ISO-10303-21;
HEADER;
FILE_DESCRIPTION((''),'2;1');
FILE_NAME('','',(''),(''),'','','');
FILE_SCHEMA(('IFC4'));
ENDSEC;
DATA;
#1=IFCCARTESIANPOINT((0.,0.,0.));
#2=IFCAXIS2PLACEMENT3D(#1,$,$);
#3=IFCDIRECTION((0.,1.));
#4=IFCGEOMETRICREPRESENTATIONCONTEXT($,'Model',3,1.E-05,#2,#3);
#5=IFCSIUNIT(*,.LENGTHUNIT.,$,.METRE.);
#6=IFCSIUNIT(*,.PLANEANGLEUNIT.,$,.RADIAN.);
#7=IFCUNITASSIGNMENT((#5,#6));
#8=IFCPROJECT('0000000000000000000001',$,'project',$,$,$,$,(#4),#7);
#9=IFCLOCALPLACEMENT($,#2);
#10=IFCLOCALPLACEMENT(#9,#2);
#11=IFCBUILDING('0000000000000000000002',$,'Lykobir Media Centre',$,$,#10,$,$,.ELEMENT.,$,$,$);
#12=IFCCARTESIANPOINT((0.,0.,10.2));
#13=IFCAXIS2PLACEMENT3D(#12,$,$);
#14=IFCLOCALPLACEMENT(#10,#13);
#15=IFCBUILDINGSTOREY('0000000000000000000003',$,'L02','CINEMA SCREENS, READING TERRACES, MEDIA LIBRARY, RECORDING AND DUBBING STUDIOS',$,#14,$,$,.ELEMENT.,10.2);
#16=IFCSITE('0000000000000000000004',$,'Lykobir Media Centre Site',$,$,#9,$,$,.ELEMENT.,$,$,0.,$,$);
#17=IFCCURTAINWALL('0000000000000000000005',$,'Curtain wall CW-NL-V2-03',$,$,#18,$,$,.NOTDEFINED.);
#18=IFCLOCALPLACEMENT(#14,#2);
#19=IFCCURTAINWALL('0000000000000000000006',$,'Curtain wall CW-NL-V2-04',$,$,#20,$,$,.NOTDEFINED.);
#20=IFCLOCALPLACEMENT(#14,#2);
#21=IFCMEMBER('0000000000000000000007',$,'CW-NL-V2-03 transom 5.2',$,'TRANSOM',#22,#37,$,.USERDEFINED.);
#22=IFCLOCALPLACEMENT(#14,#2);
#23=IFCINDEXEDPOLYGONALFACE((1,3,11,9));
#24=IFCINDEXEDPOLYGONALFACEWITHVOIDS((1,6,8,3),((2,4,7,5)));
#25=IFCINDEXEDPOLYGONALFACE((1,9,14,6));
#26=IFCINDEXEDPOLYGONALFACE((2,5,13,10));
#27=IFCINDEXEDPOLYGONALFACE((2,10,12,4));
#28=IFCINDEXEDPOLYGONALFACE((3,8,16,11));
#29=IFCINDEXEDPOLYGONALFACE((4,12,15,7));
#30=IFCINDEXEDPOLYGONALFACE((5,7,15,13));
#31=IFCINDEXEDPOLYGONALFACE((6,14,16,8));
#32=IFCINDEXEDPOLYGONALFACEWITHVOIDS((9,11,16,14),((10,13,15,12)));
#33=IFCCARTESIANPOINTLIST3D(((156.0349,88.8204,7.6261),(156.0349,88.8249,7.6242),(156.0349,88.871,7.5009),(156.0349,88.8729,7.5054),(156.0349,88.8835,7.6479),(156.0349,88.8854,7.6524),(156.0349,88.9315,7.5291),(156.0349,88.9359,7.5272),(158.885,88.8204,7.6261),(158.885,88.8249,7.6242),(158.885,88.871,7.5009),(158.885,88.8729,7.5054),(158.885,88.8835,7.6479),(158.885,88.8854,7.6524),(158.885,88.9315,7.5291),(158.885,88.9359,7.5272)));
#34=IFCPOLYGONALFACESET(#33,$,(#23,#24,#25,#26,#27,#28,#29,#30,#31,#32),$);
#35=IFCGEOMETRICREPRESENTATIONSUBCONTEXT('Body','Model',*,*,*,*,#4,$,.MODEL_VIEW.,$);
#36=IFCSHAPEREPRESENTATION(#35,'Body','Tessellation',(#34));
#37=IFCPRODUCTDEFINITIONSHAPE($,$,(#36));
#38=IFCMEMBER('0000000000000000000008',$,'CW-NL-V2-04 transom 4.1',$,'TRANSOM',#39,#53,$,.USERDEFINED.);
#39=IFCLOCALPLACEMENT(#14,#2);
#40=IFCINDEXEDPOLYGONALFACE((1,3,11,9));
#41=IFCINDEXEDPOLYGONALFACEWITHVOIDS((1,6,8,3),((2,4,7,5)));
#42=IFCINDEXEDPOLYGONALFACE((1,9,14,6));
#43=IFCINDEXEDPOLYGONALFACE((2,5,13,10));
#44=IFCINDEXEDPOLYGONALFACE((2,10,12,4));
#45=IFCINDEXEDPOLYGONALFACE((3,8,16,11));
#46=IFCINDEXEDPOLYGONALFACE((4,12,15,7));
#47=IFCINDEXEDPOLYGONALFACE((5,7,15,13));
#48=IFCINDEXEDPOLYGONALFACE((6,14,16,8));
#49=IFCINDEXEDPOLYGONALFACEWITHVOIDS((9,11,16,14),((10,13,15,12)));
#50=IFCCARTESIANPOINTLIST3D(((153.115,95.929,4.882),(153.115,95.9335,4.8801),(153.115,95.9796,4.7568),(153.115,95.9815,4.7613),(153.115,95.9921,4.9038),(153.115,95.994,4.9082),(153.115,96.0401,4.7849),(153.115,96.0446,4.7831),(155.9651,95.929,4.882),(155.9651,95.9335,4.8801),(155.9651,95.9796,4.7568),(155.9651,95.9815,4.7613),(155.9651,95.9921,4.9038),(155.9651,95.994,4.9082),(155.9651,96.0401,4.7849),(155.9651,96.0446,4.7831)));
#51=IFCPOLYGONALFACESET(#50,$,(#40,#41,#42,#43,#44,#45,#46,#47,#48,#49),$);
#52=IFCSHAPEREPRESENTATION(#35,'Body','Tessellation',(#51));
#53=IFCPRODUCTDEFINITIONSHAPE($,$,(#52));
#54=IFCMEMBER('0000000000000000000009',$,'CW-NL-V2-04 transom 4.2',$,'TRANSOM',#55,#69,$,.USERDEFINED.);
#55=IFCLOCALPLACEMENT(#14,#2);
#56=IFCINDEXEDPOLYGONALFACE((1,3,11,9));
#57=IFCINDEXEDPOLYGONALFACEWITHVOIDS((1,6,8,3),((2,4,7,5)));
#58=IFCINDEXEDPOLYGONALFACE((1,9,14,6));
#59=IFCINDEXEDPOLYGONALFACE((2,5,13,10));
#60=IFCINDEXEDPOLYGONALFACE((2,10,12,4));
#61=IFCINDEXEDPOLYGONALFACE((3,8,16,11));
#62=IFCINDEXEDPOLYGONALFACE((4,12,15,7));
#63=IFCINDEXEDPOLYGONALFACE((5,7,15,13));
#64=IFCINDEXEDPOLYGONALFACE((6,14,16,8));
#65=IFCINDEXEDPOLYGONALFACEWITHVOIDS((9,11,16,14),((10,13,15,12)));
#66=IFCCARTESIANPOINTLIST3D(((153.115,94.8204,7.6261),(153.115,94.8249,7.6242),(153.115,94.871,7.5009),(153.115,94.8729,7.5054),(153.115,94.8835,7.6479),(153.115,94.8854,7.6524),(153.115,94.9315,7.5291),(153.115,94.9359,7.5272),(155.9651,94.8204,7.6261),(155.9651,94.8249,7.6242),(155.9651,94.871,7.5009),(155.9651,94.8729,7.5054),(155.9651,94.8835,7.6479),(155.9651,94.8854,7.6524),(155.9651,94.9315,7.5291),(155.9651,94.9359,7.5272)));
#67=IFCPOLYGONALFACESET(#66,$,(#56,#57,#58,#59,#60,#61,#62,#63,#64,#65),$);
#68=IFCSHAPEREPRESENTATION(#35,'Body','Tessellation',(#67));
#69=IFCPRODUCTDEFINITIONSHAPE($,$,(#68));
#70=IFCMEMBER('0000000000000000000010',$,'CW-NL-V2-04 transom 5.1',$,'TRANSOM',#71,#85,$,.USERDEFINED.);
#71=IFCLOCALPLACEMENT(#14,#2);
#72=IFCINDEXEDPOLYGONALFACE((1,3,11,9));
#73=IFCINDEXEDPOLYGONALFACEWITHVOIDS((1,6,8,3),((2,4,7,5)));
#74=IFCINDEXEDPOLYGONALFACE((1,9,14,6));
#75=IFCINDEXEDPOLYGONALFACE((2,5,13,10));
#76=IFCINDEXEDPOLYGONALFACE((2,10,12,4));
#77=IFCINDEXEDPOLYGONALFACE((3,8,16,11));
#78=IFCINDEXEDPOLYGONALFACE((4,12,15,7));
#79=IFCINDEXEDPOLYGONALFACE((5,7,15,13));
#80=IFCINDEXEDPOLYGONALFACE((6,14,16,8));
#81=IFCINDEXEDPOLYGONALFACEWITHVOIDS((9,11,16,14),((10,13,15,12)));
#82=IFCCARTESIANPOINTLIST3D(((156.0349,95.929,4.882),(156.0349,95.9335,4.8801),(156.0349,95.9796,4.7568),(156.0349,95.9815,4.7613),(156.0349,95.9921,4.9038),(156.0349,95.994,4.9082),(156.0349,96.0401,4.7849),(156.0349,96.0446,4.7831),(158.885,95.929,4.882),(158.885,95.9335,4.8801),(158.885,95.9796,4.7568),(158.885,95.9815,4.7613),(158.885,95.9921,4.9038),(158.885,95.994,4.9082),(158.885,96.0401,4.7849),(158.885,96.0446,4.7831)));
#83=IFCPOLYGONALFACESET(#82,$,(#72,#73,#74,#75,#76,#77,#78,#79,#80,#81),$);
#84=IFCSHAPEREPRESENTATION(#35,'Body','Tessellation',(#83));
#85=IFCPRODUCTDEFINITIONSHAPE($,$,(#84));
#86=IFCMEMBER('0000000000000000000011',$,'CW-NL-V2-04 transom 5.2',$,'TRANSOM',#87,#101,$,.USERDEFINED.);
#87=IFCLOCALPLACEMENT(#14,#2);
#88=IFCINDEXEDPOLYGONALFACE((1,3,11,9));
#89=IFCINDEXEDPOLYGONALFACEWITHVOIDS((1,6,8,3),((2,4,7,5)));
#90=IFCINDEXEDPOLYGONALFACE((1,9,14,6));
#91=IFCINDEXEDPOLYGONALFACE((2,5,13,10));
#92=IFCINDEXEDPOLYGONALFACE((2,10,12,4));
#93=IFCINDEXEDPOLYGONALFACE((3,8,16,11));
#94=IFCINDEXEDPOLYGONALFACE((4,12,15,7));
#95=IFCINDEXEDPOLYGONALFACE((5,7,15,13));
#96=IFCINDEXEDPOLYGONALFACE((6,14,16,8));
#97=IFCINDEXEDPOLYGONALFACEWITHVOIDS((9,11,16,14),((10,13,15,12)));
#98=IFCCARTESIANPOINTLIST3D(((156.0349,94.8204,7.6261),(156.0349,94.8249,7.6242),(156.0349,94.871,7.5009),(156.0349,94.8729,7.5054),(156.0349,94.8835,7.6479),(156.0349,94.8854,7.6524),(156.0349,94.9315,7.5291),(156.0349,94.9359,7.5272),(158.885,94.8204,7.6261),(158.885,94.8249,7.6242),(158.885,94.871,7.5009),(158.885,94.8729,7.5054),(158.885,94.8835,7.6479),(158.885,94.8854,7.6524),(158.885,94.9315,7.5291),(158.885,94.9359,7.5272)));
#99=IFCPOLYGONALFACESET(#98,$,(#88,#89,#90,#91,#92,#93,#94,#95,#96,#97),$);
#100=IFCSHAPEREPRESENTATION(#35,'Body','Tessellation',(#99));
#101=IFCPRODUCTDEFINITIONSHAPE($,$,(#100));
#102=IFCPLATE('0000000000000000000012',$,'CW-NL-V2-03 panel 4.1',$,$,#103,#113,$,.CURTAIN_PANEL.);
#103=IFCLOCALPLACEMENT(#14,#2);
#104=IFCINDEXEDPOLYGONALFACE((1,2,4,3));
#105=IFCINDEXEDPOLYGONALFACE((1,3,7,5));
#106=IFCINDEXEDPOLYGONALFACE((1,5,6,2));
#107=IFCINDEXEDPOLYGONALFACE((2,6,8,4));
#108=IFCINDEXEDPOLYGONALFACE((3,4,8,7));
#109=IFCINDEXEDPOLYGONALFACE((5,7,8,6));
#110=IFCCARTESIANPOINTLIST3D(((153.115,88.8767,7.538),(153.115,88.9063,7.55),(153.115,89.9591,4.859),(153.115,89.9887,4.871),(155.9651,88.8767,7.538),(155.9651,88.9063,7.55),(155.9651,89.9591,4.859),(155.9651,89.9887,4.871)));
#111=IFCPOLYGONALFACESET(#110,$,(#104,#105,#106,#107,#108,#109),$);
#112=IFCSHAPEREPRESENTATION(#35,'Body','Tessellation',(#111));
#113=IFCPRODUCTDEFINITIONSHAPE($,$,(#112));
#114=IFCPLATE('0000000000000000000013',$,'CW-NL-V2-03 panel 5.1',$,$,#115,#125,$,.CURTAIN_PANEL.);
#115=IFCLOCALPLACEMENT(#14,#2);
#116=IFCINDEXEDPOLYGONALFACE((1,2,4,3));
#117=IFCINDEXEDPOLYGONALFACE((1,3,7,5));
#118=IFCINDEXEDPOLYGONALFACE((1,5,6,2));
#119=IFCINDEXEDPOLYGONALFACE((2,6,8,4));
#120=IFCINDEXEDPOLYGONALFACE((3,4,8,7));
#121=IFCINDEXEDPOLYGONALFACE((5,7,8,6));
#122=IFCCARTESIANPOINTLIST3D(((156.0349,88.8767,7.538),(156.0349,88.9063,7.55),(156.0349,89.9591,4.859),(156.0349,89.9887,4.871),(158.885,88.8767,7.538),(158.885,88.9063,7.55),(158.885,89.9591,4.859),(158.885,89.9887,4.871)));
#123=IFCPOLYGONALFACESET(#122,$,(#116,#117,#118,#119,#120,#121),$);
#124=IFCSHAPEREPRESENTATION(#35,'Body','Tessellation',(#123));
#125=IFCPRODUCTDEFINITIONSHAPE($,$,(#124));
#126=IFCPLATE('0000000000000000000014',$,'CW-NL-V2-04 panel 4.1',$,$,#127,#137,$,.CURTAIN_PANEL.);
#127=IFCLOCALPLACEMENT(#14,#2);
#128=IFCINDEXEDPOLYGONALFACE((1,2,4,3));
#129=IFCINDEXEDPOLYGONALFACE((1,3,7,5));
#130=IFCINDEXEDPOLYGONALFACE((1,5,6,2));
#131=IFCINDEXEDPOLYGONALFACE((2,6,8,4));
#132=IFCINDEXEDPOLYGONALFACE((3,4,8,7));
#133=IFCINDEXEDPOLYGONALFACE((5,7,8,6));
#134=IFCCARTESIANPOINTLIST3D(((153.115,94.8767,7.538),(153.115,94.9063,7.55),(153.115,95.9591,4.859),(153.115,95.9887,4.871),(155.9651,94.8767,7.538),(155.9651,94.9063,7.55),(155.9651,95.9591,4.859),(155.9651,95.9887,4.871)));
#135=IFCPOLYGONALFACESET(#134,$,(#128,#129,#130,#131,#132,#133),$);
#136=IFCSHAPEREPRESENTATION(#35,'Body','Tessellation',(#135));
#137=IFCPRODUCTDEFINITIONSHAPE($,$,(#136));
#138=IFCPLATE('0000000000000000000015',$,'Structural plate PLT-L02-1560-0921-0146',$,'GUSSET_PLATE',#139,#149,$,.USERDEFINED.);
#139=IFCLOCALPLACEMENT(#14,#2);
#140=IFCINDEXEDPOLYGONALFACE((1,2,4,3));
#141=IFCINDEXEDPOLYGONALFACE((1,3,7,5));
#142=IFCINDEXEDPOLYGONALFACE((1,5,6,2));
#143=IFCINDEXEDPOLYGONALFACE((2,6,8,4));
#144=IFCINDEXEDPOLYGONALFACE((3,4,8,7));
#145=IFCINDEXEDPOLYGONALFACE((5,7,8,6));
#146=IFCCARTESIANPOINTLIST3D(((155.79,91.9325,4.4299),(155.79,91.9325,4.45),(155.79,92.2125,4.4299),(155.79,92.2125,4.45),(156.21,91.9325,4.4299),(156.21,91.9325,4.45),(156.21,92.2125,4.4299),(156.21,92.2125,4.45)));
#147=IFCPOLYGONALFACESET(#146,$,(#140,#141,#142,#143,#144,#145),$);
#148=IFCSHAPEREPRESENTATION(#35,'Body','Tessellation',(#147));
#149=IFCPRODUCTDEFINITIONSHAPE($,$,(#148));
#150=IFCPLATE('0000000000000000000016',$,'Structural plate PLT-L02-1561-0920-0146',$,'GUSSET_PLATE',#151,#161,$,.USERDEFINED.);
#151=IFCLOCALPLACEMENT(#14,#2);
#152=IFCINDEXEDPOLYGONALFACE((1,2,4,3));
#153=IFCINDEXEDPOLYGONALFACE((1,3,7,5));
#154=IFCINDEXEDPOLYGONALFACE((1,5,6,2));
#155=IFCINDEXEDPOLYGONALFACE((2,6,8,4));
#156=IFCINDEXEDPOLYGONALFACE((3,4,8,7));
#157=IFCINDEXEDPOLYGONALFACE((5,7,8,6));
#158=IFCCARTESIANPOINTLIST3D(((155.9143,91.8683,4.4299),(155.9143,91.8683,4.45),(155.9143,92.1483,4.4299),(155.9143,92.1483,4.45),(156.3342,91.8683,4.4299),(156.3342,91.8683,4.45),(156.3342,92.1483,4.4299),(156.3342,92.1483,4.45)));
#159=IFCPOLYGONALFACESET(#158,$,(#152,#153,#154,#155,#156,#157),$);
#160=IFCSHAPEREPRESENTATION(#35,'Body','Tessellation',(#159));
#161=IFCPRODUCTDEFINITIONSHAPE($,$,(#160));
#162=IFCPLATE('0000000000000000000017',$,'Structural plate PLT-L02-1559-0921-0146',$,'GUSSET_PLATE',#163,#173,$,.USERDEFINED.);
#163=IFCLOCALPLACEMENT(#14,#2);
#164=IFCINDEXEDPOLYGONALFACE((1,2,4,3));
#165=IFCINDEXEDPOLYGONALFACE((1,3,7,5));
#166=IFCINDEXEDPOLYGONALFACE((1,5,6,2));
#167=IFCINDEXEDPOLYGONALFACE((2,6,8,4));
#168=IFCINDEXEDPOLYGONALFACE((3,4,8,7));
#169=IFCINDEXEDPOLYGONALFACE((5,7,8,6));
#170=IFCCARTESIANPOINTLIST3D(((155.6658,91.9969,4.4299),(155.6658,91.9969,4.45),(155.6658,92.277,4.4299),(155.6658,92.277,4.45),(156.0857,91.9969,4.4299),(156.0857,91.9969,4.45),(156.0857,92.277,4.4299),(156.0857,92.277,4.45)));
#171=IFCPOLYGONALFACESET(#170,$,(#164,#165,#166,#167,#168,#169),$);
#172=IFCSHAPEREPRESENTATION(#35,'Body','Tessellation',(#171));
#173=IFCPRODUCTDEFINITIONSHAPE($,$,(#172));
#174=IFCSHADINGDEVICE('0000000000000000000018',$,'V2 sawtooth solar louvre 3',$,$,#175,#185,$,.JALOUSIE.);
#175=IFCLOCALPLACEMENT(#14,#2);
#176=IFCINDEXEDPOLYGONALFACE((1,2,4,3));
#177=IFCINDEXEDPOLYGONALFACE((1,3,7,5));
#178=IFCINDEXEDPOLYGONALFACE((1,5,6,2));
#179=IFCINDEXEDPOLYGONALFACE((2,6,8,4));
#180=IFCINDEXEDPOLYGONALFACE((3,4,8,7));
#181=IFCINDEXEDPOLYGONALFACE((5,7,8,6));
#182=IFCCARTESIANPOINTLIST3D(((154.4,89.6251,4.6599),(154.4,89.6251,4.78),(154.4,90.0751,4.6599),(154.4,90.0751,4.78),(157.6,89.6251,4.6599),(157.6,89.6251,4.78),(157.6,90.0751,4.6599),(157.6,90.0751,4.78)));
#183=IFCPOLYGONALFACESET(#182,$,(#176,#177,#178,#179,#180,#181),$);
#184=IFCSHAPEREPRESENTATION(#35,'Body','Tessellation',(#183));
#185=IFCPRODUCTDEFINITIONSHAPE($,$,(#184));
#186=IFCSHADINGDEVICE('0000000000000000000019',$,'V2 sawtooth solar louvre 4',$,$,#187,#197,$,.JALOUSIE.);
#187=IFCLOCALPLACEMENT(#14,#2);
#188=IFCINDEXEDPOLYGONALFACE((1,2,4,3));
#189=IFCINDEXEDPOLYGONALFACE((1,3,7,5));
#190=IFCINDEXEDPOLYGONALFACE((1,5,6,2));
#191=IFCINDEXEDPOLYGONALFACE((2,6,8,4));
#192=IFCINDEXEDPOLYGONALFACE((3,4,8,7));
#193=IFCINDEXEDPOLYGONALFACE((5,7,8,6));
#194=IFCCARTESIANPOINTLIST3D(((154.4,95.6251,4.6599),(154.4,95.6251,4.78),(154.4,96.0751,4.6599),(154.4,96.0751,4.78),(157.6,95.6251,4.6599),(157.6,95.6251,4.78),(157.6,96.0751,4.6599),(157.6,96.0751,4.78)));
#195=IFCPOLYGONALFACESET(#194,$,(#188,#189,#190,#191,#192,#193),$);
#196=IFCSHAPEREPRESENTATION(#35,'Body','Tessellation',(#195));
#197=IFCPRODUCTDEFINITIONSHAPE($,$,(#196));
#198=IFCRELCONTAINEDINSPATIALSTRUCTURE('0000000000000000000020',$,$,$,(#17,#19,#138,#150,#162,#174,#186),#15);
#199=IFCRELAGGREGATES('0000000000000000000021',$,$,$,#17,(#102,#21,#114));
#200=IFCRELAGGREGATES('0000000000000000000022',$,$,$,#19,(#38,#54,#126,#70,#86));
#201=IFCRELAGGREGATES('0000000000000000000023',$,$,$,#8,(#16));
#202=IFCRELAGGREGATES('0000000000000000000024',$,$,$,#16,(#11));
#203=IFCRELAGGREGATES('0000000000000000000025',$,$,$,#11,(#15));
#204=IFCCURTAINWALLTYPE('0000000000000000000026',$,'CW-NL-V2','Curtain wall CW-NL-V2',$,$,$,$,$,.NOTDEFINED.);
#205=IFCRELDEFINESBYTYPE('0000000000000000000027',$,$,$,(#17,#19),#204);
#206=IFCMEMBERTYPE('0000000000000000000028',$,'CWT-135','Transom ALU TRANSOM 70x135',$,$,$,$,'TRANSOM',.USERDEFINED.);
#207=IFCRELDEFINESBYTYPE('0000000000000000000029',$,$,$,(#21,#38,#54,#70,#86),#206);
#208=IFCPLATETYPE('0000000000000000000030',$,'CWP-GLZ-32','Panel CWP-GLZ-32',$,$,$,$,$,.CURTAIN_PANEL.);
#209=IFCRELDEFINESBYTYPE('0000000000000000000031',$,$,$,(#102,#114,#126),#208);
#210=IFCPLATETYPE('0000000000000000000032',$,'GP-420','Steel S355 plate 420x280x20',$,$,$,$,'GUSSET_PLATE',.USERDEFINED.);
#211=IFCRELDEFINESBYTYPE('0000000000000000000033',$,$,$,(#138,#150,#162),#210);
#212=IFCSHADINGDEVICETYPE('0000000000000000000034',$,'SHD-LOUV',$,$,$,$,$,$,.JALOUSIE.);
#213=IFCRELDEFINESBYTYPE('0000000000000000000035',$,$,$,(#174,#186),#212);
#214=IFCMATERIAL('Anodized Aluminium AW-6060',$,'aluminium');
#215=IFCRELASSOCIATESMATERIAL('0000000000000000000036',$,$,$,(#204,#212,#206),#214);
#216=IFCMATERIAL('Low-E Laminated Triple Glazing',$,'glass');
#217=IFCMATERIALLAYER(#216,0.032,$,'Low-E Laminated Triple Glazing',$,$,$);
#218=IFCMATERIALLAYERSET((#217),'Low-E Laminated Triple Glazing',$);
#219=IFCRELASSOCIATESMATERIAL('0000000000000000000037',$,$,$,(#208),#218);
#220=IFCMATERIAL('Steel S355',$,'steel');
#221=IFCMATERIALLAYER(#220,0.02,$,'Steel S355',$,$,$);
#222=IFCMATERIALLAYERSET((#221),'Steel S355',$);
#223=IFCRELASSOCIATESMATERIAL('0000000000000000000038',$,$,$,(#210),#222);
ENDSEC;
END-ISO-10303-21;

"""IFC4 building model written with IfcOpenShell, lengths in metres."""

from ifc_helpers import new_model, si_unit, direction, frame, origin, origin_2d, place, context, subcontext, project, spatial, rectangle, hollow_rectangle, extrude, material, layer, layer_set, material_profile, profile_set, type_object, element, aggregate, save


model = new_model("IFC4")

# Units and contexts
model_context = context("Model", 3, precision=1e-05, world=origin(), true_north=direction((0.0, 1.0)))
body_context = subcontext(model_context, "Body", "Model", "MODEL_VIEW")
ifc_project = project(units=[si_unit("LENGTHUNIT", "METRE"), si_unit("PLANEANGLEUNIT", "RADIAN")], contexts=[model_context])

# Site, building, storey
site_placement = place(None, origin())
site = spatial("IfcSite", under=ifc_project, at=site_placement, Name="Lykobir Media Centre Site", CompositionType="ELEMENT", RefElevation=0.0)
building_placement = place(site_placement, origin())
building = spatial("IfcBuilding", under=site, at=building_placement, Name="Lykobir Media Centre", CompositionType="ELEMENT")
storey_placement = place(building_placement, frame((0.0, 0.0, 10.2)))
storey = spatial("IfcBuildingStorey", under=building, at=storey_placement, Name="L02", Description="CINEMA SCREENS, READING TERRACES, MEDIA LIBRARY, RECORDING AND DUBBING STUDIOS", CompositionType="ELEMENT", Elevation=10.2)

# Shared definitions
ifc_material_1 = material(Name="Steel S355", Category="steel")

# Curtain walls
ifc_material_2 = material(Name="Anodized Aluminium AW-6060", Category="aluminium")
curtain_wall_type = type_object("IfcCurtainWallType", Name="CW-NL-V2", Description="Curtain wall CW-NL-V2", PredefinedType="NOTDEFINED", material=ifc_material_2)
curtain_wall_1_placement = place(storey_placement, origin())
curtain_wall_1 = element("IfcCurtainWall", 1, at=curtain_wall_1_placement, inside=storey, type_object=curtain_wall_type, Name="Curtain wall CW-NL-V2-03", PredefinedType="NOTDEFINED")
curtain_wall_2_placement = place(storey_placement, origin())
curtain_wall_2 = element("IfcCurtainWall", 2, at=curtain_wall_2_placement, inside=storey, type_object=curtain_wall_type, Name="Curtain wall CW-NL-V2-04", PredefinedType="NOTDEFINED")

# Members
ifc_material_profile_1 = material_profile(ifc_material_2, hollow_rectangle(XDim=0.0701, YDim=0.135, WallThickness=0.0034, at=origin_2d()), Name="ALU TRANSOM 70x135")
ifc_profile_set_1 = profile_set([ifc_material_profile_1], Name="Anodized Aluminium AW-6060")
member_type_1 = type_object("IfcMemberType", Name="CWT-135", Description="Transom ALU TRANSOM 70x135", ElementType="TRANSOM", PredefinedType="USERDEFINED", material=ifc_profile_set_1)
member_1_placement = place(storey_placement, frame((156.0349, 88.8782, 7.5767), z_axis=(1.0, 0.0, 0.0), x_axis=(0.0, 0.927184, 0.374607)))
member_1 = element("IfcMember", 3, at=member_1_placement, type_object=member_type_1, Name="CW-NL-V2-03 transom 5.2", ObjectType="TRANSOM", PredefinedType="USERDEFINED", context=body_context, shape_type="SweptSolid", body=[
    extrude(hollow_rectangle(XDim=0.0701, YDim=0.135, WallThickness=0.0034, at=origin_2d()), origin(), (0.0, 0.0, 1.0), 2.8501),
])
member_2_placement = place(storey_placement, frame((153.115, 95.9868, 4.8325), z_axis=(1.0, 0.0, 0.0), x_axis=(0.0, 0.927184, 0.374607)))
member_2 = element("IfcMember", 4, at=member_2_placement, type_object=member_type_1, Name="CW-NL-V2-04 transom 4.1", ObjectType="TRANSOM", PredefinedType="USERDEFINED", context=body_context, shape_type="SweptSolid", body=[
    extrude(hollow_rectangle(XDim=0.0701, YDim=0.135, WallThickness=0.0034, at=origin_2d()), origin(), (0.0, 0.0, 1.0), 2.8501),
])
member_3_placement = place(storey_placement, frame((153.115, 94.8782, 7.5767), z_axis=(1.0, 0.0, 0.0), x_axis=(0.0, 0.927184, 0.374607)))
member_3 = element("IfcMember", 5, at=member_3_placement, type_object=member_type_1, Name="CW-NL-V2-04 transom 4.2", ObjectType="TRANSOM", PredefinedType="USERDEFINED", context=body_context, shape_type="SweptSolid", body=[
    extrude(hollow_rectangle(XDim=0.0701, YDim=0.135, WallThickness=0.0034, at=origin_2d()), origin(), (0.0, 0.0, 1.0), 2.8501),
])
member_4_placement = place(storey_placement, frame((156.0349, 95.9868, 4.8325), z_axis=(1.0, 0.0, 0.0), x_axis=(0.0, 0.927184, 0.374607)))
member_4 = element("IfcMember", 6, at=member_4_placement, type_object=member_type_1, Name="CW-NL-V2-04 transom 5.1", ObjectType="TRANSOM", PredefinedType="USERDEFINED", context=body_context, shape_type="SweptSolid", body=[
    extrude(hollow_rectangle(XDim=0.0701, YDim=0.135, WallThickness=0.0034, at=origin_2d()), origin(), (0.0, 0.0, 1.0), 2.8501),
])
member_5_placement = place(storey_placement, frame((156.0349, 94.8782, 7.5767), z_axis=(1.0, 0.0, 0.0), x_axis=(0.0, 0.927184, 0.374607)))
member_5 = element("IfcMember", 7, at=member_5_placement, type_object=member_type_1, Name="CW-NL-V2-04 transom 5.2", ObjectType="TRANSOM", PredefinedType="USERDEFINED", context=body_context, shape_type="SweptSolid", body=[
    extrude(hollow_rectangle(XDim=0.0701, YDim=0.135, WallThickness=0.0034, at=origin_2d()), origin(), (0.0, 0.0, 1.0), 2.8501),
])

# Plates
ifc_material_3 = material(Name="Low-E Laminated Triple Glazing", Category="glass")
ifc_layer_1 = layer(ifc_material_3, 0.032, Name="Low-E Laminated Triple Glazing")
ifc_layer_set_1 = layer_set([ifc_layer_1], Name="Low-E Laminated Triple Glazing")
plate_type_1 = type_object("IfcPlateType", Name="CWP-GLZ-32", Description="Panel CWP-GLZ-32", PredefinedType="CURTAIN_PANEL", material=ifc_layer_set_1)
plate_1_placement = place(storey_placement, frame((154.54, 89.9739, 4.865), z_axis=(0.0, -0.374607, 0.927184), x_axis=(1.0, 0.0, 0.0)))
plate_1 = element("IfcPlate", 8, at=plate_1_placement, type_object=plate_type_1, Name="CW-NL-V2-03 panel 4.1", PredefinedType="CURTAIN_PANEL", context=body_context, shape_type="SweptSolid", body=[
    extrude(rectangle(XDim=2.8501, YDim=0.032, at=origin_2d()), origin(), (0.0, 0.0, 1.0), 2.8894),
])
plate_2_placement = place(storey_placement, frame((157.46, 89.9739, 4.865), z_axis=(0.0, -0.374607, 0.927184), x_axis=(1.0, 0.0, 0.0)))
plate_2 = element("IfcPlate", 9, at=plate_2_placement, type_object=plate_type_1, Name="CW-NL-V2-03 panel 5.1", PredefinedType="CURTAIN_PANEL", context=body_context, shape_type="SweptSolid", body=[
    extrude(rectangle(XDim=2.8501, YDim=0.032, at=origin_2d()), origin(), (0.0, 0.0, 1.0), 2.8894),
])
aggregate(curtain_wall_1, [plate_1, member_1, plate_2])
plate_3_placement = place(storey_placement, frame((154.54, 95.9739, 4.865), z_axis=(0.0, -0.374607, 0.927184), x_axis=(1.0, 0.0, 0.0)))
plate_3 = element("IfcPlate", 10, at=plate_3_placement, type_object=plate_type_1, Name="CW-NL-V2-04 panel 4.1", PredefinedType="CURTAIN_PANEL", context=body_context, shape_type="SweptSolid", body=[
    extrude(rectangle(XDim=2.8501, YDim=0.032, at=origin_2d()), origin(), (0.0, 0.0, 1.0), 2.8894),
])
aggregate(curtain_wall_2, [member_2, member_3, plate_3, member_4, member_5])

# Plates
ifc_layer_2 = layer(ifc_material_1, 0.02, Name="Steel S355")
ifc_layer_set_2 = layer_set([ifc_layer_2], Name="Steel S355")
plate_type_2 = type_object("IfcPlateType", Name="GP-420", Description="Steel S355 plate 420x280x20", ElementType="GUSSET_PLATE", PredefinedType="USERDEFINED", material=ifc_layer_set_2)
for number, where, z_axis, x_axis, name in (
    (11, (156.0, 92.0725, 4.4299), (0.0, 0.0, 1.0), (1.0, 0.0, 0.0), "Structural plate PLT-L02-1560-0921-0146"),
    (12, (156.1243, 92.0083, 4.4299), (0.0, 0.0, 1.0), (1.0, 0.0, 0.0), "Structural plate PLT-L02-1561-0920-0146"),
    (13, (155.8757, 92.137, 4.4299), (0.0, 0.0, 1.0), (1.0, 0.0, 0.0), "Structural plate PLT-L02-1559-0921-0146"),
):
    element("IfcPlate", number, at=place(storey_placement, frame(where, z_axis=z_axis, x_axis=x_axis)), inside=storey, type_object=plate_type_2, Name=name, ObjectType="GUSSET_PLATE", PredefinedType="USERDEFINED", context=body_context, shape_type="SweptSolid", body=[
        extrude(rectangle(XDim=0.4199, YDim=0.28, at=origin_2d()), origin(), (0.0, 0.0, 1.0), 0.02),
    ])

# Shading devices
shading_device_type = type_object("IfcShadingDeviceType", Name="SHD-LOUV", PredefinedType="JALOUSIE", material=ifc_material_2)
for number, where, z_axis, x_axis, name in (
    (14, (156.0, 89.8501, 4.6599), (0.0, 0.0, 1.0), (1.0, 0.0, 0.0), "V2 sawtooth solar louvre 3"),
    (15, (156.0, 95.8501, 4.6599), (0.0, 0.0, 1.0), (1.0, 0.0, 0.0), "V2 sawtooth solar louvre 4"),
):
    element("IfcShadingDevice", number, at=place(storey_placement, frame(where, z_axis=z_axis, x_axis=x_axis)), inside=storey, type_object=shading_device_type, Name=name, PredefinedType="JALOUSIE", context=body_context, shape_type="SweptSolid", body=[
        extrude(rectangle(XDim=3.2, YDim=0.45, at=origin_2d()), origin(), (0.0, 0.0, 1.0), 0.1201),
    ])

save(model, "model.ifc")
